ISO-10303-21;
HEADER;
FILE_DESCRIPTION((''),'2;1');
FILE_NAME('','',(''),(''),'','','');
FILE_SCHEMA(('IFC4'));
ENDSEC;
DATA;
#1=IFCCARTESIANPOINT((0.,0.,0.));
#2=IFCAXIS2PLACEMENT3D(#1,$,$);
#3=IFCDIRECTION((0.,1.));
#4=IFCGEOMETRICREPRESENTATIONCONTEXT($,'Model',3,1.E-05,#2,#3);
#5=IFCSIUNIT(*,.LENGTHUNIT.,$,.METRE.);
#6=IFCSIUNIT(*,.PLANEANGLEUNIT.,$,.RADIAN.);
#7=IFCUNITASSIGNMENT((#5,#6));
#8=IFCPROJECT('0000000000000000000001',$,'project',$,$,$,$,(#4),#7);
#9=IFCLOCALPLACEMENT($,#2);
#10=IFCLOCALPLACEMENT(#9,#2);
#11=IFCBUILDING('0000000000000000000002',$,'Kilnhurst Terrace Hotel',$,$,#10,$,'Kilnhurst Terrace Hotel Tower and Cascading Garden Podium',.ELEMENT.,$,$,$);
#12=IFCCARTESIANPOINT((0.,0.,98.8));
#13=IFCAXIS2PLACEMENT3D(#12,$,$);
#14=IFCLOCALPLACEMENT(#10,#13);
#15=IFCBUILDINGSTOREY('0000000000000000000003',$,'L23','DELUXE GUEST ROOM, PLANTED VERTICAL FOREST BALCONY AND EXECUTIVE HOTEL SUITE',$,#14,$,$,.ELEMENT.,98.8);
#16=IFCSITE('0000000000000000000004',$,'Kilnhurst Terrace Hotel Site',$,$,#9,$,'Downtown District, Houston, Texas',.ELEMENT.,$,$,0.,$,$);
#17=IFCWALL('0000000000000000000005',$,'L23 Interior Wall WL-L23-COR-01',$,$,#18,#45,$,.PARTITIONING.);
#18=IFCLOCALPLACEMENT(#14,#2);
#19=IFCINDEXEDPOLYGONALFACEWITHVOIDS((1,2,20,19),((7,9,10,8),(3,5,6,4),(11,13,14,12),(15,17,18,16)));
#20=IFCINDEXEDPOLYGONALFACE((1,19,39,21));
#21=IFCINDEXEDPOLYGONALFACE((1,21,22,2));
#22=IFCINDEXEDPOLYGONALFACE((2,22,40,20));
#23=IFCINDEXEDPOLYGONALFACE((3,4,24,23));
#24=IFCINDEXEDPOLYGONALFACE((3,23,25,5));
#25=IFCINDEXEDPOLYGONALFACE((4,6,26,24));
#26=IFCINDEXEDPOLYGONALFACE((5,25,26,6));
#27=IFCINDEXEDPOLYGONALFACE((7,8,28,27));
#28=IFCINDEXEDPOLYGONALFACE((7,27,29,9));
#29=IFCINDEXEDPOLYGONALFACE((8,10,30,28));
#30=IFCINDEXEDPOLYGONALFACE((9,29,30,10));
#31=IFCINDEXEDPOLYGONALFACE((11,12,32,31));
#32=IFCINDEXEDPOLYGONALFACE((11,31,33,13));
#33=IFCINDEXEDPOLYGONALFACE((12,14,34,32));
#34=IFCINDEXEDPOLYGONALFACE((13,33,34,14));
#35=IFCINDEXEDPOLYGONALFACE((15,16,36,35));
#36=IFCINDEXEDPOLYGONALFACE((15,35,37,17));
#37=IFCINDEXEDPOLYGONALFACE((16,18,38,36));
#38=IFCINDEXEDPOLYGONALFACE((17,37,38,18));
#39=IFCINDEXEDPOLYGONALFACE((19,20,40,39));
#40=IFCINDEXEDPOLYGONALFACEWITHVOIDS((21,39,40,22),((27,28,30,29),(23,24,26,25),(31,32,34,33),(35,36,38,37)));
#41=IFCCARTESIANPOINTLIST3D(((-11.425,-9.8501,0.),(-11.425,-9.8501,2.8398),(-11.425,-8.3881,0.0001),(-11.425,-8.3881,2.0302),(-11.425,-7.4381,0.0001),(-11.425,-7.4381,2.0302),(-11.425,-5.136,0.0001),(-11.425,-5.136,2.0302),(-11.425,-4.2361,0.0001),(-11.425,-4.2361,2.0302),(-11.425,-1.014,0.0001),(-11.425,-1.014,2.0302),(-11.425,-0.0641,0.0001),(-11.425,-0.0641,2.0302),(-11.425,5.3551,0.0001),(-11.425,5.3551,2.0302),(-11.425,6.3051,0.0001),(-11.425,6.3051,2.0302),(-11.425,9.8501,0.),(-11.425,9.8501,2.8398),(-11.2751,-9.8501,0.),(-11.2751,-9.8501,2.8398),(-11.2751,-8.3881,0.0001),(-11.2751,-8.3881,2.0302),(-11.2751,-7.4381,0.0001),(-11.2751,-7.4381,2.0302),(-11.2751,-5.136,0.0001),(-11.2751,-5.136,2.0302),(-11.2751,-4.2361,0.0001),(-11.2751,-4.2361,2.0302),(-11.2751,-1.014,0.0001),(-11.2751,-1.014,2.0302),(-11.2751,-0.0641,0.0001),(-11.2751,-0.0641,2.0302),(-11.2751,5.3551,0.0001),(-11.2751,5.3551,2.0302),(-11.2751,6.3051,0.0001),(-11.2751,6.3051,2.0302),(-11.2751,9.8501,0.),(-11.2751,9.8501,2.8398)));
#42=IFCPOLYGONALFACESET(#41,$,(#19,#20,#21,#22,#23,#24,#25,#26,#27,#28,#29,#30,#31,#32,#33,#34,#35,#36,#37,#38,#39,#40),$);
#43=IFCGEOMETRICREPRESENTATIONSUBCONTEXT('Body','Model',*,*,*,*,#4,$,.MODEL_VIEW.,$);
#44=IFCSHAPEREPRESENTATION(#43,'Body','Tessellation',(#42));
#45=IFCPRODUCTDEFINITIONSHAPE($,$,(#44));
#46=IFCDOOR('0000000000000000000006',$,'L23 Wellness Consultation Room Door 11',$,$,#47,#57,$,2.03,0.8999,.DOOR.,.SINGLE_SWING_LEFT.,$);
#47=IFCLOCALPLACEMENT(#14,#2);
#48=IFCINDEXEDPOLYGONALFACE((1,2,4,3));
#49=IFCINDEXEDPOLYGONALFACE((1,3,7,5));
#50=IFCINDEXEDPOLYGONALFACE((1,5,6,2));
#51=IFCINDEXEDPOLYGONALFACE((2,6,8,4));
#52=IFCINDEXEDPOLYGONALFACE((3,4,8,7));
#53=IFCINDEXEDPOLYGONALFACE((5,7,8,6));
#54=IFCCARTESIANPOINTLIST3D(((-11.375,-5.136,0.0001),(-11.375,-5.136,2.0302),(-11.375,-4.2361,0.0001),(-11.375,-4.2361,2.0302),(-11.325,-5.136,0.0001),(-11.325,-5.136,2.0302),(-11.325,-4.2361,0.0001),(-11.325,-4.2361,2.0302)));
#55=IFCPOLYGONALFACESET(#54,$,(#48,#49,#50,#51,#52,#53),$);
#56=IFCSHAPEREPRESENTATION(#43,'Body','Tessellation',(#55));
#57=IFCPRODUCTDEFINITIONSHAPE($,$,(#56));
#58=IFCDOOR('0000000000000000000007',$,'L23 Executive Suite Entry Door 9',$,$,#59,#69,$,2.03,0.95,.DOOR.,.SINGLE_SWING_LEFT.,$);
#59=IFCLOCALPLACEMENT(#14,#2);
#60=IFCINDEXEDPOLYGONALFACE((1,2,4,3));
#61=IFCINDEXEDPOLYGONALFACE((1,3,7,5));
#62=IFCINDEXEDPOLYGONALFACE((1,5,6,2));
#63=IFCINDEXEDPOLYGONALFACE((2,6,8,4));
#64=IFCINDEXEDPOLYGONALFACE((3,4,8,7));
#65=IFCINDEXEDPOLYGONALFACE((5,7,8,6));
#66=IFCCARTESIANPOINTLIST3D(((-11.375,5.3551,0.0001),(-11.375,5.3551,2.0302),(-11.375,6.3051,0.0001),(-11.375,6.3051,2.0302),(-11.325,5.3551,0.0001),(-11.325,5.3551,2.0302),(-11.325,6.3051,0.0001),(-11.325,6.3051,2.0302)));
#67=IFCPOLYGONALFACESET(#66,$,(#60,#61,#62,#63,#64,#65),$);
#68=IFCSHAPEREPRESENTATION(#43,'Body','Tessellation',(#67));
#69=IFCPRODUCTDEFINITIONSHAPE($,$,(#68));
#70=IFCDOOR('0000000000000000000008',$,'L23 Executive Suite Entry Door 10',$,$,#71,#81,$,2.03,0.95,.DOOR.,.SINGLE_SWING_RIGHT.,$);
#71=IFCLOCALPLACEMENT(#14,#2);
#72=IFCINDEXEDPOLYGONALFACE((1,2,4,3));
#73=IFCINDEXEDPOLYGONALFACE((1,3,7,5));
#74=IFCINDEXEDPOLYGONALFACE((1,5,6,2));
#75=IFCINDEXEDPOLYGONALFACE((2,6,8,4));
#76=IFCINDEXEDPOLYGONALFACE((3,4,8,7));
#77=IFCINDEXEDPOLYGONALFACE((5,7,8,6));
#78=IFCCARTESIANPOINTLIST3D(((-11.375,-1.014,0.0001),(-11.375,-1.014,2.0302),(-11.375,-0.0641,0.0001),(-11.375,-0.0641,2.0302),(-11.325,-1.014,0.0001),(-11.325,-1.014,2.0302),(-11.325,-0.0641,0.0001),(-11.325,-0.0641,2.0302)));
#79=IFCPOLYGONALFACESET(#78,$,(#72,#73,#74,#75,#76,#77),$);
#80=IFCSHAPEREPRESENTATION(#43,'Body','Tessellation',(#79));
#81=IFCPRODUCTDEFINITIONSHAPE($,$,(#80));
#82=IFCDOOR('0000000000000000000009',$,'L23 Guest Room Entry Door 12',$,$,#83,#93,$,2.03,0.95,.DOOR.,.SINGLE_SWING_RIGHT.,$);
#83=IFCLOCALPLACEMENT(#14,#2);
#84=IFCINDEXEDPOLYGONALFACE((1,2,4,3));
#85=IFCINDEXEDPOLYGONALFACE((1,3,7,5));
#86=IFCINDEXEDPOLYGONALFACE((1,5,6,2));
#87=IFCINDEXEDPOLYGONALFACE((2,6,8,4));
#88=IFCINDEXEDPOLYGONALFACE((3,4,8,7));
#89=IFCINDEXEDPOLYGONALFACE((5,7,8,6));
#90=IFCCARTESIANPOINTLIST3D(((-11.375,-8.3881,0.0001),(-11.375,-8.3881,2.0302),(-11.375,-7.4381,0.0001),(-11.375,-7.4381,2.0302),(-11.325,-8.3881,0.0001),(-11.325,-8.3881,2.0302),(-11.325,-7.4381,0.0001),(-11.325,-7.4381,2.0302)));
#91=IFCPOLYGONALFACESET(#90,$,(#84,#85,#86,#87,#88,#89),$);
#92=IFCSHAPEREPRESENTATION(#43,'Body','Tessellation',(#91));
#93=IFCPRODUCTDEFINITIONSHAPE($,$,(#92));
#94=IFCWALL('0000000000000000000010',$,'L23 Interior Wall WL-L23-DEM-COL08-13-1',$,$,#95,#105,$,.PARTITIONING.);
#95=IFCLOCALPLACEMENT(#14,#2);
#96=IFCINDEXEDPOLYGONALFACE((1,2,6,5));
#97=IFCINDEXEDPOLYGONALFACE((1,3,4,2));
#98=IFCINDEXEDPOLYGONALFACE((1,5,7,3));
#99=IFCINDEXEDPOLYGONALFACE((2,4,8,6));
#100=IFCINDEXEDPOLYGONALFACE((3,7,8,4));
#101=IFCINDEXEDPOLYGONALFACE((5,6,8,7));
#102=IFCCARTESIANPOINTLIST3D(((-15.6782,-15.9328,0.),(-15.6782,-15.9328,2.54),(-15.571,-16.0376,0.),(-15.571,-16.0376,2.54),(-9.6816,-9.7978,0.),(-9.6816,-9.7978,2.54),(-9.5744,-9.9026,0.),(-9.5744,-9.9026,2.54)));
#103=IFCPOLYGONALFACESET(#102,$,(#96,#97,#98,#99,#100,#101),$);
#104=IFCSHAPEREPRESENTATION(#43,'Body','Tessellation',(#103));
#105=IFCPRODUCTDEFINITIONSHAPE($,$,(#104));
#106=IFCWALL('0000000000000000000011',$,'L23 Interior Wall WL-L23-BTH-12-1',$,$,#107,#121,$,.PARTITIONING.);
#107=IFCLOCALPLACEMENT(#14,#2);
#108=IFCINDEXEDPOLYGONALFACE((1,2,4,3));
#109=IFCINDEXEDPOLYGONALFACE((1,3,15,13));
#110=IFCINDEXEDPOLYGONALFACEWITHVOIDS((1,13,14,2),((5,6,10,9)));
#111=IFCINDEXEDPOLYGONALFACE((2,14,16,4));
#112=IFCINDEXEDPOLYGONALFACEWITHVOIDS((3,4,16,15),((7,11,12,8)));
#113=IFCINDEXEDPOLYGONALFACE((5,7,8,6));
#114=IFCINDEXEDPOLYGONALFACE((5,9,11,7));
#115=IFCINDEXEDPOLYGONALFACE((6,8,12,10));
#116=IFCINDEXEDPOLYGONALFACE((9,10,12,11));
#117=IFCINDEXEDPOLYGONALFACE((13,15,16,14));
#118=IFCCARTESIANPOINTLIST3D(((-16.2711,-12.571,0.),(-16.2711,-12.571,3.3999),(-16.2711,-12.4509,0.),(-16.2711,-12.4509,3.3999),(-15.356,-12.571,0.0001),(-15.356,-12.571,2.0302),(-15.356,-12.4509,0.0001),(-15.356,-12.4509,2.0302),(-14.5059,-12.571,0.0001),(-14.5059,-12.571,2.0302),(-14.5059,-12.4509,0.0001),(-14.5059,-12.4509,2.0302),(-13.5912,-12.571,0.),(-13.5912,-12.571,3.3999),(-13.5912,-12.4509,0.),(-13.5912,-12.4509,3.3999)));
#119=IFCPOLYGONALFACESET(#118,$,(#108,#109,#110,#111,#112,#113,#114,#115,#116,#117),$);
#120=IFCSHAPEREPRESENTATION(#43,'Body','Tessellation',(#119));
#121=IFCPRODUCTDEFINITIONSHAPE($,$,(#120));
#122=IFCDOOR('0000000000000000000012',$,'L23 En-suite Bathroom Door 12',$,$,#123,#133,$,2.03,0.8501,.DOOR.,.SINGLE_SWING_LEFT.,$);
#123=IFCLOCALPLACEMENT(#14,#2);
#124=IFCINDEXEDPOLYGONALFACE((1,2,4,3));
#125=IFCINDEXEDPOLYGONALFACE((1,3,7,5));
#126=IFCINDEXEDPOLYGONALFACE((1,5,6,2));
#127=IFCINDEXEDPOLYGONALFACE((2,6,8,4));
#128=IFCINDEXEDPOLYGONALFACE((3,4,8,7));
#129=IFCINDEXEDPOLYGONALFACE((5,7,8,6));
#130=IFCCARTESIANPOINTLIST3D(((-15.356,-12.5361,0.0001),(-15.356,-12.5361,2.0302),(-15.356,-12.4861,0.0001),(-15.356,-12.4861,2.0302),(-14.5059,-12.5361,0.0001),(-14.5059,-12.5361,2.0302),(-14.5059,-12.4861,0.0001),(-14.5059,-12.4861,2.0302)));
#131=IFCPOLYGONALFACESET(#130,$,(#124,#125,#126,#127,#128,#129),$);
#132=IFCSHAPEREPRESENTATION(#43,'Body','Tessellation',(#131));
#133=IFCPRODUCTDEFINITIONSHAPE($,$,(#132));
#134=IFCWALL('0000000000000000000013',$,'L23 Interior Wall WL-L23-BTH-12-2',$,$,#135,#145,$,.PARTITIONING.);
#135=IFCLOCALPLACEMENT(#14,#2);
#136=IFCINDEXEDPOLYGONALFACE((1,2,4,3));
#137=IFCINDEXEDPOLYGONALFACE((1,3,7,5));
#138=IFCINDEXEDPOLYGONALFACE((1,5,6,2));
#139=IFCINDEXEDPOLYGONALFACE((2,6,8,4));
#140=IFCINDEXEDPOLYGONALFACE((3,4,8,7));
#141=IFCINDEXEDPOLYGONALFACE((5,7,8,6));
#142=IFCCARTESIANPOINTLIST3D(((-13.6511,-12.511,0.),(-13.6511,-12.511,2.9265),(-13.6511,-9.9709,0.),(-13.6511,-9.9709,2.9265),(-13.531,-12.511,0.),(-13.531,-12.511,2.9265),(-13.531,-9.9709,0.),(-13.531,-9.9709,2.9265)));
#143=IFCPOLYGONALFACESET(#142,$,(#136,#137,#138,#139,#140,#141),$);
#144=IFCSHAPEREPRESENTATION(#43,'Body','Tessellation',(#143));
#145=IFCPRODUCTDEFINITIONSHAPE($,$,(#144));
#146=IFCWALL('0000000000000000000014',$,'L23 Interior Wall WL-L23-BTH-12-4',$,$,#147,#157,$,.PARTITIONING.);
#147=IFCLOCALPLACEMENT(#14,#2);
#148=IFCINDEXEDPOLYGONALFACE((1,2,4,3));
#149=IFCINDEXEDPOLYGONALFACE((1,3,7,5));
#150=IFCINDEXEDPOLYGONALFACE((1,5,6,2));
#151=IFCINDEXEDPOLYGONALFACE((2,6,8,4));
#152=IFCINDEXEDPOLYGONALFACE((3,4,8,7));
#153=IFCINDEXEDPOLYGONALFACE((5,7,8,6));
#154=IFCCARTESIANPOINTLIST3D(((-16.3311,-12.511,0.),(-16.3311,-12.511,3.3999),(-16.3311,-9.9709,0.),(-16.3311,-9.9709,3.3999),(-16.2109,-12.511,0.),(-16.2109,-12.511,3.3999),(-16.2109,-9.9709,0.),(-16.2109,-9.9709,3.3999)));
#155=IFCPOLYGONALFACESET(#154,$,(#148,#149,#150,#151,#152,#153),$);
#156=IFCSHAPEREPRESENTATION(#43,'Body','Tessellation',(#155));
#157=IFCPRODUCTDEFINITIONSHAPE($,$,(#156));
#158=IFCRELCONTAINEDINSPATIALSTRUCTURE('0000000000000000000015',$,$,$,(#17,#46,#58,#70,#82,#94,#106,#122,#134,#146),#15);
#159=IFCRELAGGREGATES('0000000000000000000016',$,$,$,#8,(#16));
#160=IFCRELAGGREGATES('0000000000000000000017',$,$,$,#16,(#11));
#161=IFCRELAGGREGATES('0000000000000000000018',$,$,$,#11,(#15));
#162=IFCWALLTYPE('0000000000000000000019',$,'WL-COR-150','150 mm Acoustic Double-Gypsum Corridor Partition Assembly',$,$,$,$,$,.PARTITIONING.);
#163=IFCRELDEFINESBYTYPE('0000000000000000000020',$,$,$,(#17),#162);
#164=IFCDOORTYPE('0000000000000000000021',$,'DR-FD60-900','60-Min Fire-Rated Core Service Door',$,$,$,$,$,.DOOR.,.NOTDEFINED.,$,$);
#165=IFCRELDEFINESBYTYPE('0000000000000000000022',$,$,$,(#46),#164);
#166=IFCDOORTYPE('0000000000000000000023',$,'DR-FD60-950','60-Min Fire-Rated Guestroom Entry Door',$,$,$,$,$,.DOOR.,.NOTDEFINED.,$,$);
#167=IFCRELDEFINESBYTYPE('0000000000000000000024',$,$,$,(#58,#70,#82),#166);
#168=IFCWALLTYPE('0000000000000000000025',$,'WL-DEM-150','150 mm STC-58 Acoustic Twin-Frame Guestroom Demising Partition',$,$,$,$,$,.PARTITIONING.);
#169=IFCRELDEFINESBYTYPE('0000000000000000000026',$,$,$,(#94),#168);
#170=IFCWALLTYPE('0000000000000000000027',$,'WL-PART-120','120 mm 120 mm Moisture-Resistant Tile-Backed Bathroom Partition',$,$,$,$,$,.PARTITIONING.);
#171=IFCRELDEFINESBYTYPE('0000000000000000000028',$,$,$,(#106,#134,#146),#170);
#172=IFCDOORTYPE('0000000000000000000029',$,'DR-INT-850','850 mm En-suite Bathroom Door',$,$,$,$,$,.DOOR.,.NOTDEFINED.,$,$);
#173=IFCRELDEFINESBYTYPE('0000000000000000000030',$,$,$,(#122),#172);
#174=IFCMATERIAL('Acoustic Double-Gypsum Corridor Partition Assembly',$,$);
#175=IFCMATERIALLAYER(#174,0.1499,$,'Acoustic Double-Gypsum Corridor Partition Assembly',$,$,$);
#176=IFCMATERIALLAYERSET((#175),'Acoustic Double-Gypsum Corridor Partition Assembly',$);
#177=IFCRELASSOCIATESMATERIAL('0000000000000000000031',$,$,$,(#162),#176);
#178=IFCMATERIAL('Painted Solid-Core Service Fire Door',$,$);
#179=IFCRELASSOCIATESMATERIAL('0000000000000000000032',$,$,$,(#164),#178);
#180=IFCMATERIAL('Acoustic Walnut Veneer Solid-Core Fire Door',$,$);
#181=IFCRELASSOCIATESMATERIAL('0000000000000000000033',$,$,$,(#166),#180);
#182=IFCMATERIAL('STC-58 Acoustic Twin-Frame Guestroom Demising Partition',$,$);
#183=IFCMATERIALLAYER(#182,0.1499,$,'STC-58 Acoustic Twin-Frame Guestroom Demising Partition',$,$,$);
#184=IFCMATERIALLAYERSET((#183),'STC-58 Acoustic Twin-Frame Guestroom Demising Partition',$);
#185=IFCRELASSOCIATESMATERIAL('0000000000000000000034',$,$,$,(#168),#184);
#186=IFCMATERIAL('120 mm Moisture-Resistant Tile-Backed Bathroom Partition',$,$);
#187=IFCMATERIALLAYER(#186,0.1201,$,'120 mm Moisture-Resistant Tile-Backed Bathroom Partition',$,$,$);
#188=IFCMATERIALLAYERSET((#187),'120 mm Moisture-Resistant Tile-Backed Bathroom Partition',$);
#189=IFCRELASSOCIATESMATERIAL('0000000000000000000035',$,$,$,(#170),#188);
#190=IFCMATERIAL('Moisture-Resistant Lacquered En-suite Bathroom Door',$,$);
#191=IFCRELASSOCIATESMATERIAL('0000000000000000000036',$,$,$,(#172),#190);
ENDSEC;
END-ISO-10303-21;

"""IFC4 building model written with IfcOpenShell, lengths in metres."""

from ifc_helpers import new_model, si_unit, direction, frame, frame_2d, origin, place, context, subcontext, project, spatial, rectangle, extrude, material, layer, layer_set, type_object, element, fill, save


model = new_model("IFC4")

# Units and contexts
model_context = context("Model", 3, precision=1e-05, world=origin(), true_north=direction((0.0, 1.0)))
body_context = subcontext(model_context, "Body", "Model", "MODEL_VIEW")
ifc_project = project(units=[si_unit("LENGTHUNIT", "METRE"), si_unit("PLANEANGLEUNIT", "RADIAN")], contexts=[model_context])

# Site, building, storey
site_placement = place(None, origin())
site = spatial("IfcSite", under=ifc_project, at=site_placement, Name="Kilnhurst Terrace Hotel Site", LongName="Downtown District, Houston, Texas", CompositionType="ELEMENT", RefElevation=0.0)
building_placement = place(site_placement, origin())
building = spatial("IfcBuilding", under=site, at=building_placement, Name="Kilnhurst Terrace Hotel", LongName="Kilnhurst Terrace Hotel Tower and Cascading Garden Podium", CompositionType="ELEMENT")
storey_placement = place(building_placement, frame((0.0, 0.0, 98.8)))
storey = spatial("IfcBuildingStorey", under=building, at=storey_placement, Name="L23", Description="DELUXE GUEST ROOM, PLANTED VERTICAL FOREST BALCONY AND EXECUTIVE HOTEL SUITE", CompositionType="ELEMENT", Elevation=98.8)

# Wall, openings, doors
ifc_material_1 = material(Name="Acoustic Double-Gypsum Corridor Partition Assembly")
ifc_layer_1 = layer(ifc_material_1, 0.1499, Name="Acoustic Double-Gypsum Corridor Partition Assembly")
ifc_layer_set_1 = layer_set([ifc_layer_1], Name="Acoustic Double-Gypsum Corridor Partition Assembly")
wall_type_1 = type_object("IfcWallType", Name="WL-COR-150", Description="150 mm Acoustic Double-Gypsum Corridor Partition Assembly", PredefinedType="PARTITIONING", material=ifc_layer_set_1)
wall_1_placement = place(storey_placement, frame((-11.3501, -9.8501, 0.0), z_axis=(0.0, 0.0, 1.0), x_axis=(0.0, 1.0, 0.0)))
wall_1 = element("IfcWall", 1, at=wall_1_placement, inside=storey, type_object=wall_type_1, Name="L23 Interior Wall WL-L23-COR-01", PredefinedType="PARTITIONING", context=body_context, shape_type="SweptSolid", body=[
    extrude(rectangle(XDim=19.7002, YDim=0.1499, at=frame_2d((9.8501, 0.0))), origin(), (0.0, 0.0, 1.0), 2.8398),
])
opening_1_placement = place(wall_1_placement, frame((15.2051, 0.0, 0.0)))
opening_1 = element("IfcOpeningElement", 2, at=opening_1_placement, cuts=wall_1, PredefinedType="OPENING", context=body_context, shape_type="SweptSolid", body=[
    extrude(rectangle(XDim=0.95, YDim=2.03, at=frame_2d((0.4751, 1.0151))), frame((0.0, 0.085, 0.0), z_axis=(0.0, -1.0, 0.0), x_axis=(1.0, 0.0, 0.0)), (0.0, 0.0, 1.0), 0.1699),
])
opening_2_placement = place(wall_1_placement, frame((8.8359, 0.0, 0.0)))
opening_2 = element("IfcOpeningElement", 3, at=opening_2_placement, cuts=wall_1, PredefinedType="OPENING", context=body_context, shape_type="SweptSolid", body=[
    extrude(rectangle(XDim=0.95, YDim=2.03, at=frame_2d((0.4751, 1.0151))), frame((0.0, 0.085, 0.0), z_axis=(0.0, -1.0, 0.0), x_axis=(1.0, 0.0, 0.0)), (0.0, 0.0, 1.0), 0.1699),
])
opening_3_placement = place(wall_1_placement, frame((4.7141, 0.0, 0.0)))
opening_3 = element("IfcOpeningElement", 4, at=opening_3_placement, cuts=wall_1, PredefinedType="OPENING", context=body_context, shape_type="SweptSolid", body=[
    extrude(rectangle(XDim=0.8999, YDim=2.03, at=frame_2d((0.45, 1.0151))), frame((0.0, 0.085, 0.0), z_axis=(0.0, -1.0, 0.0), x_axis=(1.0, 0.0, 0.0)), (0.0, 0.0, 1.0), 0.1699),
])
opening_4_placement = place(wall_1_placement, frame((1.4619, 0.0, 0.0)))
opening_4 = element("IfcOpeningElement", 5, at=opening_4_placement, cuts=wall_1, PredefinedType="OPENING", context=body_context, shape_type="SweptSolid", body=[
    extrude(rectangle(XDim=0.95, YDim=2.03, at=frame_2d((0.4751, 1.0151))), frame((0.0, 0.085, 0.0), z_axis=(0.0, -1.0, 0.0), x_axis=(1.0, 0.0, 0.0)), (0.0, 0.0, 1.0), 0.1699),
])
ifc_material_2 = material(Name="Painted Solid-Core Service Fire Door")
door_type_1 = type_object("IfcDoorType", Name="DR-FD60-900", Description="60-Min Fire-Rated Core Service Door", OperationType="NOTDEFINED", PredefinedType="DOOR", material=ifc_material_2)
door_1_placement = place(opening_3_placement, origin())
door_1 = element("IfcDoor", 6, at=door_1_placement, inside=storey, type_object=door_type_1, Name="L23 Wellness Consultation Room Door 11", OperationType="SINGLE_SWING_LEFT", OverallHeight=2.03, OverallWidth=0.8999, PredefinedType="DOOR", context=body_context, shape_type="SweptSolid", body=[
    extrude(rectangle(XDim=0.8999, YDim=2.03, at=frame_2d((0.45, 1.0151))), frame((0.0, 0.0249, 0.0), z_axis=(0.0, -1.0, 0.0), x_axis=(1.0, 0.0, 0.0)), (0.0, 0.0, 1.0), 0.05),
])
fill(opening_3, door_1)
ifc_material_3 = material(Name="Acoustic Walnut Veneer Solid-Core Fire Door")
door_type_2 = type_object("IfcDoorType", Name="DR-FD60-950", Description="60-Min Fire-Rated Guestroom Entry Door", OperationType="NOTDEFINED", PredefinedType="DOOR", material=ifc_material_3)
door_2_placement = place(opening_1_placement, origin())
door_2 = element("IfcDoor", 7, at=door_2_placement, inside=storey, type_object=door_type_2, Name="L23 Executive Suite Entry Door 9", OperationType="SINGLE_SWING_LEFT", OverallHeight=2.03, OverallWidth=0.95, PredefinedType="DOOR", context=body_context, shape_type="SweptSolid", body=[
    extrude(rectangle(XDim=0.95, YDim=2.03, at=frame_2d((0.4751, 1.0151))), frame((0.0, 0.0249, 0.0), z_axis=(0.0, -1.0, 0.0), x_axis=(1.0, 0.0, 0.0)), (0.0, 0.0, 1.0), 0.05),
])
fill(opening_1, door_2)
door_3_placement = place(opening_2_placement, origin())
door_3 = element("IfcDoor", 8, at=door_3_placement, inside=storey, type_object=door_type_2, Name="L23 Executive Suite Entry Door 10", OperationType="SINGLE_SWING_RIGHT", OverallHeight=2.03, OverallWidth=0.95, PredefinedType="DOOR", context=body_context, shape_type="SweptSolid", body=[
    extrude(rectangle(XDim=0.95, YDim=2.03, at=frame_2d((0.4751, 1.0151))), frame((0.0, 0.0249, 0.0), z_axis=(0.0, -1.0, 0.0), x_axis=(1.0, 0.0, 0.0)), (0.0, 0.0, 1.0), 0.05),
])
fill(opening_2, door_3)
door_4_placement = place(opening_4_placement, origin())
door_4 = element("IfcDoor", 9, at=door_4_placement, inside=storey, type_object=door_type_2, Name="L23 Guest Room Entry Door 12", OperationType="SINGLE_SWING_RIGHT", OverallHeight=2.03, OverallWidth=0.95, PredefinedType="DOOR", context=body_context, shape_type="SweptSolid", body=[
    extrude(rectangle(XDim=0.95, YDim=2.03, at=frame_2d((0.4751, 1.0151))), frame((0.0, 0.0249, 0.0), z_axis=(0.0, -1.0, 0.0), x_axis=(1.0, 0.0, 0.0)), (0.0, 0.0, 1.0), 0.05),
])
fill(opening_4, door_4)

# Wall
ifc_material_4 = material(Name="STC-58 Acoustic Twin-Frame Guestroom Demising Partition")
ifc_layer_2 = layer(ifc_material_4, 0.1499, Name="STC-58 Acoustic Twin-Frame Guestroom Demising Partition")
ifc_layer_set_2 = layer_set([ifc_layer_2], Name="STC-58 Acoustic Twin-Frame Guestroom Demising Partition")
wall_type_2 = type_object("IfcWallType", Name="WL-DEM-150", Description="150 mm STC-58 Acoustic Twin-Frame Guestroom Demising Partition", PredefinedType="PARTITIONING", material=ifc_layer_set_2)
wall_2_placement = place(storey_placement, frame((-9.6279, -9.8501, 0.0), z_axis=(0.0, 0.0, 1.0), x_axis=(-0.698993, -0.715129, 0.0)))
element("IfcWall", 10, at=wall_2_placement, inside=storey, type_object=wall_type_2, Name="L23 Interior Wall WL-L23-DEM-COL08-13-1", PredefinedType="PARTITIONING", context=body_context, shape_type="SweptSolid", body=[
    extrude(rectangle(XDim=8.5789, YDim=0.1499, at=frame_2d((4.2896, 0.0))), origin(), (0.0, 0.0, 1.0), 2.54),
])

# Wall, opening, door
ifc_material_5 = material(Name="120 mm Moisture-Resistant Tile-Backed Bathroom Partition")
ifc_layer_3 = layer(ifc_material_5, 0.1201, Name="120 mm Moisture-Resistant Tile-Backed Bathroom Partition")
ifc_layer_set_3 = layer_set([ifc_layer_3], Name="120 mm Moisture-Resistant Tile-Backed Bathroom Partition")
wall_type_3 = type_object("IfcWallType", Name="WL-PART-120", Description="120 mm 120 mm Moisture-Resistant Tile-Backed Bathroom Partition", PredefinedType="PARTITIONING", material=ifc_layer_set_3)
wall_3_placement = place(storey_placement, frame((-16.271, -12.511, 0.0), z_axis=(0.0, 0.0, 1.0), x_axis=(1.0, 0.0, 0.0)))
wall_3 = element("IfcWall", 11, at=wall_3_placement, inside=storey, type_object=wall_type_3, Name="L23 Interior Wall WL-L23-BTH-12-1", PredefinedType="PARTITIONING", context=body_context, shape_type="SweptSolid", body=[
    extrude(rectangle(XDim=2.6799, YDim=0.1201, at=frame_2d((1.3398, 0.0))), origin(), (0.0, 0.0, 1.0), 3.3999),
])
opening_5_placement = place(wall_3_placement, frame((0.915, 0.0, 0.0)))
opening_5 = element("IfcOpeningElement", 12, at=opening_5_placement, cuts=wall_3, PredefinedType="OPENING", context=body_context, shape_type="SweptSolid", body=[
    extrude(rectangle(XDim=0.8501, YDim=2.03, at=frame_2d((0.425, 1.0151))), frame((0.0, 0.0701, 0.0), z_axis=(0.0, -1.0, 0.0), x_axis=(1.0, 0.0, 0.0)), (0.0, 0.0, 1.0), 0.1401),
])
ifc_material_6 = material(Name="Moisture-Resistant Lacquered En-suite Bathroom Door")
door_type_3 = type_object("IfcDoorType", Name="DR-INT-850", Description="850 mm En-suite Bathroom Door", OperationType="NOTDEFINED", PredefinedType="DOOR", material=ifc_material_6)
door_5_placement = place(opening_5_placement, origin())
door_5 = element("IfcDoor", 13, at=door_5_placement, inside=storey, type_object=door_type_3, Name="L23 En-suite Bathroom Door 12", OperationType="SINGLE_SWING_LEFT", OverallHeight=2.03, OverallWidth=0.8501, PredefinedType="DOOR", context=body_context, shape_type="SweptSolid", body=[
    extrude(rectangle(XDim=0.8501, YDim=2.03, at=frame_2d((0.425, 1.0151))), frame((0.0, 0.0249, 0.0), z_axis=(0.0, -1.0, 0.0), x_axis=(1.0, 0.0, 0.0)), (0.0, 0.0, 1.0), 0.05),
])
fill(opening_5, door_5)

# Walls
wall_4_placement = place(storey_placement, frame((-13.5911, -12.511, 0.0), z_axis=(0.0, 0.0, 1.0), x_axis=(0.0, 1.0, 0.0)))
element("IfcWall", 14, at=wall_4_placement, inside=storey, type_object=wall_type_3, Name="L23 Interior Wall WL-L23-BTH-12-2", PredefinedType="PARTITIONING", context=body_context, shape_type="SweptSolid", body=[
    extrude(rectangle(XDim=2.54, YDim=0.1201, at=frame_2d((1.27, 0.0))), origin(), (0.0, 0.0, 1.0), 2.9265),
])
wall_5_placement = place(storey_placement, frame((-16.271, -9.9709, 0.0), z_axis=(0.0, 0.0, 1.0), x_axis=(0.0, -1.0, 0.0)))
element("IfcWall", 15, at=wall_5_placement, inside=storey, type_object=wall_type_3, Name="L23 Interior Wall WL-L23-BTH-12-4", PredefinedType="PARTITIONING", context=body_context, shape_type="SweptSolid", body=[
    extrude(rectangle(XDim=2.54, YDim=0.1201, at=frame_2d((1.27, 0.0))), origin(), (0.0, 0.0, 1.0), 3.3999),
])

save(model, "model.ifc")
